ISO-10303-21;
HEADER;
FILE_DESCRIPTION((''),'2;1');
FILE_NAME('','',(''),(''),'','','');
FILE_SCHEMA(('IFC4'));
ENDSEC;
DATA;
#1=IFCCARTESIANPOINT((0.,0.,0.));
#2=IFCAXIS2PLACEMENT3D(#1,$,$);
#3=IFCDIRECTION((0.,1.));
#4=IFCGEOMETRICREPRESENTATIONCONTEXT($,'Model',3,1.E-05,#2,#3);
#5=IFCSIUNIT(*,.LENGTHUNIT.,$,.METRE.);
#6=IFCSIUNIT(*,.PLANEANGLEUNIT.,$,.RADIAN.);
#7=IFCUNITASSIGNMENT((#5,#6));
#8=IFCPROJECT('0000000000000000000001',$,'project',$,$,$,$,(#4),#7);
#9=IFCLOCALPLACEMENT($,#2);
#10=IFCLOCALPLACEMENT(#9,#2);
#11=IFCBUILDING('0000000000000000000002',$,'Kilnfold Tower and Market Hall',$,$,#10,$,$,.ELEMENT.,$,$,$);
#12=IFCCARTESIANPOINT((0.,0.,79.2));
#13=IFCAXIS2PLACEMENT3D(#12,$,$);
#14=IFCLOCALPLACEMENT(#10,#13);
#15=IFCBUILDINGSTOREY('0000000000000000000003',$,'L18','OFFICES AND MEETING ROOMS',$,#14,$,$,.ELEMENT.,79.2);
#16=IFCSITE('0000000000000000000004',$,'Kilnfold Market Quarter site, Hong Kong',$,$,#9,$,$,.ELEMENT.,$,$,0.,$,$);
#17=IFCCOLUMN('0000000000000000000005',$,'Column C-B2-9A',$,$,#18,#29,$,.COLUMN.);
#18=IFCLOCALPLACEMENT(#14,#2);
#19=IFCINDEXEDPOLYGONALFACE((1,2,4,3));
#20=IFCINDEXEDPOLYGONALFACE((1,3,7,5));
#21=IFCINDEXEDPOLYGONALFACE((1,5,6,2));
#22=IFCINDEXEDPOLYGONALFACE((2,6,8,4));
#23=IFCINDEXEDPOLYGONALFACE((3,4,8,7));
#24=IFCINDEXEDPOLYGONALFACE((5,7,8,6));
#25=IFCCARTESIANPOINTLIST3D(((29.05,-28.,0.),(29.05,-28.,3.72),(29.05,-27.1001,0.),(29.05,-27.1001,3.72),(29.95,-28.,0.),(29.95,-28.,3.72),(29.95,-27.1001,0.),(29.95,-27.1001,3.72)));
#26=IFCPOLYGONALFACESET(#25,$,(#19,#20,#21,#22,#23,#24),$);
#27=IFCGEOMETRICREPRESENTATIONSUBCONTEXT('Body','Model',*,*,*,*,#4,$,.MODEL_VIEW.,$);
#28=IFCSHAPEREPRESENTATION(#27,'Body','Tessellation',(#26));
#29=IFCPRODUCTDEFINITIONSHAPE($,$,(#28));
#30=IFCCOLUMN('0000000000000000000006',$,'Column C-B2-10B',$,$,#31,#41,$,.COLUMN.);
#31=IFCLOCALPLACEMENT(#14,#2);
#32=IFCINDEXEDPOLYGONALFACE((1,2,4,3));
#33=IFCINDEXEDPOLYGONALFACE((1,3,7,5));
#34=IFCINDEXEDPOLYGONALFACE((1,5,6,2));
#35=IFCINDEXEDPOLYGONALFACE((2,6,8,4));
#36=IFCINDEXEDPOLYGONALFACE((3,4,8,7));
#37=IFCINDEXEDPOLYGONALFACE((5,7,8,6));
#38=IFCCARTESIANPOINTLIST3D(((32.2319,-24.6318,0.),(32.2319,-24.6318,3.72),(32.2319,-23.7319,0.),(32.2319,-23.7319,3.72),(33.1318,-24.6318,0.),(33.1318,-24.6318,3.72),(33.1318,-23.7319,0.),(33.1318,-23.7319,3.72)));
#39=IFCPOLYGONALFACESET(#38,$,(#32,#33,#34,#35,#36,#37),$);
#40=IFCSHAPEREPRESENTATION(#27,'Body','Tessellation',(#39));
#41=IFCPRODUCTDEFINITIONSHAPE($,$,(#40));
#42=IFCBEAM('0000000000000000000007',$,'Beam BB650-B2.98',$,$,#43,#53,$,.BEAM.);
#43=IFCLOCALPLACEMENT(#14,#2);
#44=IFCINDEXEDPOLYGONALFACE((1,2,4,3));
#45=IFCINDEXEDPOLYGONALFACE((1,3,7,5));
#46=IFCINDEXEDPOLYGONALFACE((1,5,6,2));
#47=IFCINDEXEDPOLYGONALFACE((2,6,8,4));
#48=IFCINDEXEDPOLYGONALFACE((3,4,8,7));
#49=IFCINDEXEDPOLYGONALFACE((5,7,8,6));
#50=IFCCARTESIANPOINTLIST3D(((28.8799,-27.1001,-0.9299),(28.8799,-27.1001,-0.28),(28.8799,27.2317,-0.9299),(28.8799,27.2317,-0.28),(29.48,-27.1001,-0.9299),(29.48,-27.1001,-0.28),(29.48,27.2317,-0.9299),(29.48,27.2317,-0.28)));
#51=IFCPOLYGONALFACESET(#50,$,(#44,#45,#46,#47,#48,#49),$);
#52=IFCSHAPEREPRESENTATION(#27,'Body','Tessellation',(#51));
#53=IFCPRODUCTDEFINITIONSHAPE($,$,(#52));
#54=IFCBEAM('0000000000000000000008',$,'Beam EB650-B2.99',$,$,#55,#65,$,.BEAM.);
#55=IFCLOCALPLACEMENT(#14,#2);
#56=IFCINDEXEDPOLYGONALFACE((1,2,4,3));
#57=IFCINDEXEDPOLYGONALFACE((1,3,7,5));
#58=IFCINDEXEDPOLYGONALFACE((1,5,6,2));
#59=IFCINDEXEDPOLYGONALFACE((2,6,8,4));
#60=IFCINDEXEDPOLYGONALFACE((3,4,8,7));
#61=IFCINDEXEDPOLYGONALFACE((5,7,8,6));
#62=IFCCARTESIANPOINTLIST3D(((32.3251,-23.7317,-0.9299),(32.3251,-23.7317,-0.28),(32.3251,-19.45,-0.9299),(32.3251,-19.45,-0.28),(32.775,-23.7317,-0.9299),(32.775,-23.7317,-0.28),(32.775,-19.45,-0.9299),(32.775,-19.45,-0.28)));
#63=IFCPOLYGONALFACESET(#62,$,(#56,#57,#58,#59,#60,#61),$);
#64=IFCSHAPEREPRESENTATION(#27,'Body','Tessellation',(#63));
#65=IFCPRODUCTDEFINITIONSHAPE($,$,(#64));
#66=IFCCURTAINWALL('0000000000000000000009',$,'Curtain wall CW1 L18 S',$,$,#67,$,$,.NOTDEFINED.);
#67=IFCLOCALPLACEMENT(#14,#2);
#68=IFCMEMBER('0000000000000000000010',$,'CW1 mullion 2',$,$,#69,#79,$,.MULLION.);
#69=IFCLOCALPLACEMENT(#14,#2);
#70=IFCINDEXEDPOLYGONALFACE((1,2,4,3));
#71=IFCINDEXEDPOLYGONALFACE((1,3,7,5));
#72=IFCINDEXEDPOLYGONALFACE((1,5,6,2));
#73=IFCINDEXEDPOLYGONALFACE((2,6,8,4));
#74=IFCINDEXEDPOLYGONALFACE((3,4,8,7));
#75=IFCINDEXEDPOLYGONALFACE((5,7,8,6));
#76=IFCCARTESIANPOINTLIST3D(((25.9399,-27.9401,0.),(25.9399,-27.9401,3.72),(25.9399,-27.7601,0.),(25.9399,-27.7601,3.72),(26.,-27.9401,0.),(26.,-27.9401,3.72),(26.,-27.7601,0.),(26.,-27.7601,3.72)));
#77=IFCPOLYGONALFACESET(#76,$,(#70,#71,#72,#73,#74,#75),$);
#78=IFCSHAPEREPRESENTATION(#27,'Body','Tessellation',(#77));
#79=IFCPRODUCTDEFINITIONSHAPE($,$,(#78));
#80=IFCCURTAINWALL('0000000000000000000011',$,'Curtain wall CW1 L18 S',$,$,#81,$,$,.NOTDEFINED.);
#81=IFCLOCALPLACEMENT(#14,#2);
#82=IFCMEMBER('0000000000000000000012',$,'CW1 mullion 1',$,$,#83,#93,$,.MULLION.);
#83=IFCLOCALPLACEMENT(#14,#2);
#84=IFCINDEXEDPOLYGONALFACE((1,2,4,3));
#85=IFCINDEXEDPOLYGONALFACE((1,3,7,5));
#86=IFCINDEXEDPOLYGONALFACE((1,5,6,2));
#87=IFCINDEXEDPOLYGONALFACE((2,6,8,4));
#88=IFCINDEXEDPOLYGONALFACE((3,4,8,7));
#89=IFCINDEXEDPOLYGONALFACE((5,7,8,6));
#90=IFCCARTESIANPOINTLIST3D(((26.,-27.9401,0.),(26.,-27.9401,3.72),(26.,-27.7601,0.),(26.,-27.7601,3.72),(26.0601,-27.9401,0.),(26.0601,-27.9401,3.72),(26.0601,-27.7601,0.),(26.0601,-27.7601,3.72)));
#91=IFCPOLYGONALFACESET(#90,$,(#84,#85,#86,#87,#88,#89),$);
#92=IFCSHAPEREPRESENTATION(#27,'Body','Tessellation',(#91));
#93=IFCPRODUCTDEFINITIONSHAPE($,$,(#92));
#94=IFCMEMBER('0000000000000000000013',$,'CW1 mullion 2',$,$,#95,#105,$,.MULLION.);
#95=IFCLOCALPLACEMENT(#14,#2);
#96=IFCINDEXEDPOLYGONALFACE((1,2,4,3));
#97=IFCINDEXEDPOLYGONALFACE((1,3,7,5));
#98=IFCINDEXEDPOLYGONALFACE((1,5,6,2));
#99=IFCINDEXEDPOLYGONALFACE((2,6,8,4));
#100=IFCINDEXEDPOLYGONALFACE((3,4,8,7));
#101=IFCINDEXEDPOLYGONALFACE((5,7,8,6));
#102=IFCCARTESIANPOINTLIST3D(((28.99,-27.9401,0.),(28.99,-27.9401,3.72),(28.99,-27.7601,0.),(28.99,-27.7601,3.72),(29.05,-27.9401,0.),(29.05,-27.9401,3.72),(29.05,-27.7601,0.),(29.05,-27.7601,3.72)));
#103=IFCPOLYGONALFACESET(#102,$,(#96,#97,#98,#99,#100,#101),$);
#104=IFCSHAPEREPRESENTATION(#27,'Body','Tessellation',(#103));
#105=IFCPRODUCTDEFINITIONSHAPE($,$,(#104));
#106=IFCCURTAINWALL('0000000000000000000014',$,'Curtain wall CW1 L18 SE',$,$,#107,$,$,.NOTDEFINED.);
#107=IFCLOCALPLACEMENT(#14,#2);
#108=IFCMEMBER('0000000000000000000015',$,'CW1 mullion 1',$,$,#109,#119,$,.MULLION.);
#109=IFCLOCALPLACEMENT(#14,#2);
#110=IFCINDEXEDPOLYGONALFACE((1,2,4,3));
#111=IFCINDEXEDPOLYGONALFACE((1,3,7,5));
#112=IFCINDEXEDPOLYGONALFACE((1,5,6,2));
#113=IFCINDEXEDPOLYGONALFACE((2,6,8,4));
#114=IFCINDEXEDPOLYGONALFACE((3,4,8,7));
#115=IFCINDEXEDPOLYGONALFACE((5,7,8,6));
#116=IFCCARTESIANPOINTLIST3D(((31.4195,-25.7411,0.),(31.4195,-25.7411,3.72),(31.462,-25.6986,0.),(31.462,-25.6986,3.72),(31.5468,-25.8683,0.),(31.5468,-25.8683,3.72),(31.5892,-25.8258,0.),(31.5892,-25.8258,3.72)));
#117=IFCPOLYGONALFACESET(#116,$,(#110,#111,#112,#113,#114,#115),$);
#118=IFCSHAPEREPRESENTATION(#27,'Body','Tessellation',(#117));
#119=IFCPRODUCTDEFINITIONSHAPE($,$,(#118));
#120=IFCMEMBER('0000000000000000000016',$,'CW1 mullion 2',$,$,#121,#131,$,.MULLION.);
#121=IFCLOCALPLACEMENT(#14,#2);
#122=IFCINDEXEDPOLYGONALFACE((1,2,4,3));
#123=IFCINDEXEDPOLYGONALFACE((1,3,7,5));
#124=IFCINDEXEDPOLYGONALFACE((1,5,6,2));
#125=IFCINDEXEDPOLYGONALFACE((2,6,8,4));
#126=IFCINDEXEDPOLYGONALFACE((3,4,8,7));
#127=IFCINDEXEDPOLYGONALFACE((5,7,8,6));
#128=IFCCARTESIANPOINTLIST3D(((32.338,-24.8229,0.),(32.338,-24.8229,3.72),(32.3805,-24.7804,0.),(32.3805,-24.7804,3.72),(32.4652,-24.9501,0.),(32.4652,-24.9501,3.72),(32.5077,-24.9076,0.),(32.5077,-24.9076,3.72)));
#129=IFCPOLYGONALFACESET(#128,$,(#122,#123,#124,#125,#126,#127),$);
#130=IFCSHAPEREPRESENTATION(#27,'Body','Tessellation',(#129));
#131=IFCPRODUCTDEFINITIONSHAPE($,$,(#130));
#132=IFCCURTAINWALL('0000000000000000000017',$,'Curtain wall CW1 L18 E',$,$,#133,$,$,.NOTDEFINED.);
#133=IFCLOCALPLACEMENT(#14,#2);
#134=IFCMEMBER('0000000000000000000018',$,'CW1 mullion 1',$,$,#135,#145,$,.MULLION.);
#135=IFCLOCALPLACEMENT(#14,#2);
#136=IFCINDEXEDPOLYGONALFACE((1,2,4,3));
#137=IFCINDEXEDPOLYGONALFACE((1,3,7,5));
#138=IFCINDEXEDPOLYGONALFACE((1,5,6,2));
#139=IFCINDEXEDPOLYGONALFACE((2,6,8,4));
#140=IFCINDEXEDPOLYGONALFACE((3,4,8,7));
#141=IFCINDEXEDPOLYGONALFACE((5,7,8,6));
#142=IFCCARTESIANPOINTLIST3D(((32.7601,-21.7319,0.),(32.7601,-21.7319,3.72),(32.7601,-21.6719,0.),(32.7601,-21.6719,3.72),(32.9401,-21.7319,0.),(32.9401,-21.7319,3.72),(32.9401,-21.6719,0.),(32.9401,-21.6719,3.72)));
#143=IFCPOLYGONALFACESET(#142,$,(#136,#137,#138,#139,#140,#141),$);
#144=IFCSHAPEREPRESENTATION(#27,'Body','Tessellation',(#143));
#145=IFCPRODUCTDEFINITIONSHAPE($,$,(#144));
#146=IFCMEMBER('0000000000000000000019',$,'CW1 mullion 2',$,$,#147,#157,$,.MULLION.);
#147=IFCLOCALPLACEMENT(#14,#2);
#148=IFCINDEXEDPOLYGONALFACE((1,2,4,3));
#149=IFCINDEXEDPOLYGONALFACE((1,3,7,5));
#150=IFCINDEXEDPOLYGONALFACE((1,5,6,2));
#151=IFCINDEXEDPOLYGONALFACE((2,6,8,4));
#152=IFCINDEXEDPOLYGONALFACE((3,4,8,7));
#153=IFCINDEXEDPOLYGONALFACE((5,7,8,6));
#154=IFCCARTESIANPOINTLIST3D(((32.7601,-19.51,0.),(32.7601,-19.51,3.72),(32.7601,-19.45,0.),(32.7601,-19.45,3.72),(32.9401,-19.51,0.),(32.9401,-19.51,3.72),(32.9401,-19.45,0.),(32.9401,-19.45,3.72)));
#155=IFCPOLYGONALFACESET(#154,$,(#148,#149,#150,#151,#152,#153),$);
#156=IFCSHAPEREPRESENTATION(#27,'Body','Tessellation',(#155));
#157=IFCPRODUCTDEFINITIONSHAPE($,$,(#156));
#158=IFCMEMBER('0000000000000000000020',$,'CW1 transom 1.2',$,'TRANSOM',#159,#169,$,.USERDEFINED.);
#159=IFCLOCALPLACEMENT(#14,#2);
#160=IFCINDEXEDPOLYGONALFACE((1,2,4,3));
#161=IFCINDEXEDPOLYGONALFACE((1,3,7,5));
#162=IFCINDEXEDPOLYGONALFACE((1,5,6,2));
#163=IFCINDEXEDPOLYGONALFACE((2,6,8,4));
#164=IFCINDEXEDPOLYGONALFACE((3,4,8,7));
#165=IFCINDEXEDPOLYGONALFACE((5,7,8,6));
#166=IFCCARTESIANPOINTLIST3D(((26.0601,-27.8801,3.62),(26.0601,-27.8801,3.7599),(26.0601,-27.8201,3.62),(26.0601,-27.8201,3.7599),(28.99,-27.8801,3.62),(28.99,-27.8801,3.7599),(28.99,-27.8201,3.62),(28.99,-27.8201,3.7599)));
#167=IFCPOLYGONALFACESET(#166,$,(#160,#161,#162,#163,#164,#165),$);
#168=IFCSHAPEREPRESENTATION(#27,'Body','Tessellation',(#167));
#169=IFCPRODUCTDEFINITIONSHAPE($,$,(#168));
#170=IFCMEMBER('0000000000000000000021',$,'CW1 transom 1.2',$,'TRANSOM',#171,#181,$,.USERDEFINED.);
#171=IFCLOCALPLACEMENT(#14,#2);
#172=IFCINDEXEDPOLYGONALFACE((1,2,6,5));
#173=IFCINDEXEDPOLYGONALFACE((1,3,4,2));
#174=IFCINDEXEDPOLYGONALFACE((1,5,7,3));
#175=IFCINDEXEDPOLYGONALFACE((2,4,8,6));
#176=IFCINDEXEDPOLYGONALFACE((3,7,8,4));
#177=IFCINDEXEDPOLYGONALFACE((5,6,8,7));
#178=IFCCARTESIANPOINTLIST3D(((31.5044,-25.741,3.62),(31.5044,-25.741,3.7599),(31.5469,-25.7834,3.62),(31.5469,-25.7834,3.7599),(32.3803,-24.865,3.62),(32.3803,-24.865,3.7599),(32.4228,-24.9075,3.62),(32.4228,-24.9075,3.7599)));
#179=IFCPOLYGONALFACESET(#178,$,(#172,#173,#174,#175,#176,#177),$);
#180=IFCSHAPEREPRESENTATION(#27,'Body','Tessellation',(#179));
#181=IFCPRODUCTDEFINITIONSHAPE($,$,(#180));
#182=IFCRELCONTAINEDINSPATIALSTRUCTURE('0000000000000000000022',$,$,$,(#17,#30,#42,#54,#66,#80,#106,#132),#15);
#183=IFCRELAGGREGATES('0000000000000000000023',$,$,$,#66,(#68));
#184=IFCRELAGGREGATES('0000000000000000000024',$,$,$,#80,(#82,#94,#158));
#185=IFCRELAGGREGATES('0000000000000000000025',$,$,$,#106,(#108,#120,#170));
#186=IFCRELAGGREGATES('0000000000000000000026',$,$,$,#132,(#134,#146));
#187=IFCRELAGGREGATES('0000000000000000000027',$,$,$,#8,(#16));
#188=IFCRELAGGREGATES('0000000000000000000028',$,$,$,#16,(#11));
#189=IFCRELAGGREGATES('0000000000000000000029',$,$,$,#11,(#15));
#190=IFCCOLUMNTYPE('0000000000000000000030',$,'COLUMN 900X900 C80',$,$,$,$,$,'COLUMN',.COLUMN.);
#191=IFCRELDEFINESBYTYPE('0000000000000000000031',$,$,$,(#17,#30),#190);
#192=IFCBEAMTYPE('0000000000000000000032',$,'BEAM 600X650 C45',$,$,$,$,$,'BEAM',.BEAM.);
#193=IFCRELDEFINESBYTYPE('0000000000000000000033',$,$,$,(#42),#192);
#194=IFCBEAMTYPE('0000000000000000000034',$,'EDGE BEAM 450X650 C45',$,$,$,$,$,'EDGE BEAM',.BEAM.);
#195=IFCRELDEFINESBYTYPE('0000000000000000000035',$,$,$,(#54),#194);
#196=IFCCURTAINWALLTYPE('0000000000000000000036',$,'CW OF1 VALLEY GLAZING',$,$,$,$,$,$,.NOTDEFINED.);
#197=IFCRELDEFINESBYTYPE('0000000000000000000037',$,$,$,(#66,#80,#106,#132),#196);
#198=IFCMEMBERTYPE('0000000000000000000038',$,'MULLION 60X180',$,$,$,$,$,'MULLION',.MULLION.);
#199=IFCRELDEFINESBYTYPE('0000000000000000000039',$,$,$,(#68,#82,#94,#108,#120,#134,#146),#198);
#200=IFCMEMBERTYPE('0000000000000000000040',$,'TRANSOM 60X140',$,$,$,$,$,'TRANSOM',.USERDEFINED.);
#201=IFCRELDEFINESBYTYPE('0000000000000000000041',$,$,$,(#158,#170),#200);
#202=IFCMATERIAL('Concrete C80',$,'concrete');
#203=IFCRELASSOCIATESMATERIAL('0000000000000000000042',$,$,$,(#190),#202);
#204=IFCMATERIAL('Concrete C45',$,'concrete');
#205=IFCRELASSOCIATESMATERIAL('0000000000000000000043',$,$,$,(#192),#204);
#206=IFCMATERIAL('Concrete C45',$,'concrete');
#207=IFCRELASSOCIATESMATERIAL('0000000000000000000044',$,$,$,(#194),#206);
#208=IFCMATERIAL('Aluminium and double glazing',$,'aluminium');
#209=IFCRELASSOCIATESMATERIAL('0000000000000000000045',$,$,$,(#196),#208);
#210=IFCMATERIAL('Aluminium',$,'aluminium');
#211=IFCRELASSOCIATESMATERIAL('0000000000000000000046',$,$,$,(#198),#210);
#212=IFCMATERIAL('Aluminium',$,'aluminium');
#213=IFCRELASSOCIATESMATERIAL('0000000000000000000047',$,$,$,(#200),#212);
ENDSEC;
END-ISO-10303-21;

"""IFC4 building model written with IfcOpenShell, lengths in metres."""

from ifc_helpers import new_model, si_unit, direction, frame, origin, origin_2d, place, context, subcontext, project, spatial, rectangle, extrude, source, transform, mapped, material, material_profile, profile_set, type_object, element, aggregate, save


model = new_model("IFC4")

# Units and contexts
model_context = context("Model", 3, precision=1e-05, world=origin(), true_north=direction((0.0, 1.0)))
body_context = subcontext(model_context, "Body", "Model", "MODEL_VIEW")
ifc_project = project(units=[si_unit("LENGTHUNIT", "METRE"), si_unit("PLANEANGLEUNIT", "RADIAN")], contexts=[model_context])

# Site, building, storey
site_placement = place(None, origin())
site = spatial("IfcSite", under=ifc_project, at=site_placement, Name="Kilnfold Market Quarter site, Hong Kong", CompositionType="ELEMENT", RefElevation=0.0)
building_placement = place(site_placement, origin())
building = spatial("IfcBuilding", under=site, at=building_placement, Name="Kilnfold Tower and Market Hall", CompositionType="ELEMENT")
storey_placement = place(building_placement, frame((0.0, 0.0, 79.2)))
storey = spatial("IfcBuildingStorey", under=building, at=storey_placement, Name="L18", Description="OFFICES AND MEETING ROOMS", CompositionType="ELEMENT", Elevation=79.2)

# Columns
ifc_material_1 = material(Name="Concrete C80", Category="concrete")
ifc_material_profile_1 = material_profile(ifc_material_1, rectangle(XDim=0.8999, YDim=0.8999, at=origin_2d()), Name="RC 900x900")
ifc_profile_set_1 = profile_set([ifc_material_profile_1], Name="Concrete C80")
column_type = type_object("IfcColumnType", Name="COLUMN 900X900 C80", ElementType="COLUMN", PredefinedType="COLUMN", material=ifc_profile_set_1)
shared_shape_1 = source(origin(), body_context, "Body", "SweptSolid", [
    extrude(rectangle(XDim=0.8999, YDim=0.8999, at=origin_2d()), origin(), (0.0, 0.0, 1.0), 3.72),
])
for number, where, z_axis, x_axis, name in (
    (1, (29.5, -27.55, 0.0), (0.0, 0.0, 1.0), (1.0, 0.0, 0.0), "Column C-B2-9A"),
    (2, (32.6819, -24.1819, 0.0), (0.0, 0.0, 1.0), (1.0, 0.0, 0.0), "Column C-B2-10B"),
):
    element("IfcColumn", number, at=place(storey_placement, frame(where, z_axis=z_axis, x_axis=x_axis)), inside=storey, type_object=column_type, Name=name, PredefinedType="COLUMN", context=body_context, shape_type="MappedRepresentation", body=[
        mapped(shared_shape_1, transform((0.0, 0.0, 0.0))),
    ])

# Beams
ifc_material_2 = material(Name="Concrete C45", Category="concrete")
ifc_material_profile_2 = material_profile(ifc_material_2, rectangle(XDim=0.6001, YDim=0.6499, at=origin_2d()), Name="RC 600x650")
ifc_profile_set_2 = profile_set([ifc_material_profile_2], Name="Concrete C45")
beam_type_1 = type_object("IfcBeamType", Name="BEAM 600X650 C45", ElementType="BEAM", PredefinedType="BEAM", material=ifc_profile_set_2)
shared_shape_2 = source(origin(), body_context, "Body", "SweptSolid", [
    extrude(rectangle(XDim=0.6001, YDim=0.6499, at=origin_2d()), origin(), (0.0, 0.0, 1.0), 54.3318),
])
beam_1_placement = place(storey_placement, frame((29.1799, -27.1001, -0.605), z_axis=(0.0, 1.0, 0.0), x_axis=(-1.0, 0.0, 0.0)))
element("IfcBeam", 3, at=beam_1_placement, inside=storey, type_object=beam_type_1, Name="Beam BB650-B2.98", PredefinedType="BEAM", context=body_context, shape_type="MappedRepresentation", body=[
    mapped(shared_shape_2, transform((0.0, 0.0, 0.0))),
])
ifc_material_3 = material(Name="Concrete C45", Category="concrete")
ifc_material_profile_3 = material_profile(ifc_material_3, rectangle(XDim=0.45, YDim=0.6499, at=origin_2d()), Name="RC 450x650")
ifc_profile_set_3 = profile_set([ifc_material_profile_3], Name="Concrete C45")
beam_type_2 = type_object("IfcBeamType", Name="EDGE BEAM 450X650 C45", ElementType="EDGE BEAM", PredefinedType="BEAM", material=ifc_profile_set_3)
shared_shape_3 = source(origin(), body_context, "Body", "SweptSolid", [
    extrude(rectangle(XDim=0.45, YDim=0.6499, at=origin_2d()), origin(), (0.0, 0.0, 1.0), 4.2817),
])
beam_2_placement = place(storey_placement, frame((32.55, -23.7317, -0.605), z_axis=(0.0, 1.0, 0.0), x_axis=(-1.0, 0.0, 0.0)))
element("IfcBeam", 4, at=beam_2_placement, inside=storey, type_object=beam_type_2, Name="Beam EB650-B2.99", PredefinedType="BEAM", context=body_context, shape_type="MappedRepresentation", body=[
    mapped(shared_shape_3, transform((0.0, 0.0, 0.0))),
])

# Curtain wall, member
ifc_material_4 = material(Name="Aluminium and double glazing", Category="aluminium")
curtain_wall_type = type_object("IfcCurtainWallType", Name="CW OF1 VALLEY GLAZING", PredefinedType="NOTDEFINED", material=ifc_material_4)
curtain_wall_1_placement = place(storey_placement, origin())
curtain_wall_1 = element("IfcCurtainWall", 5, at=curtain_wall_1_placement, inside=storey, type_object=curtain_wall_type, Name="Curtain wall CW1 L18 S", PredefinedType="NOTDEFINED")
ifc_material_5 = material(Name="Aluminium", Category="aluminium")
ifc_material_profile_4 = material_profile(ifc_material_5, rectangle(XDim=0.0601, YDim=0.1799, at=origin_2d()), Name="MULLION 60x180")
ifc_profile_set_4 = profile_set([ifc_material_profile_4], Name="Aluminium")
member_type_1 = type_object("IfcMemberType", Name="MULLION 60X180", ElementType="MULLION", PredefinedType="MULLION", material=ifc_profile_set_4)
shared_shape_4 = source(origin(), body_context, "Body", "SweptSolid", [
    extrude(rectangle(XDim=0.0601, YDim=0.1799, at=origin_2d()), origin(), (0.0, 0.0, 1.0), 3.72),
])
member_1_placement = place(storey_placement, frame((25.97, -27.8501, 0.0), z_axis=(0.0, 0.0, 1.0), x_axis=(1.0, 0.0, 0.0)))
member_1 = element("IfcMember", 6, at=member_1_placement, type_object=member_type_1, Name="CW1 mullion 2", PredefinedType="MULLION", context=body_context, shape_type="MappedRepresentation", body=[
    mapped(shared_shape_4, transform((0.0, 0.0, 0.0))),
])

# Curtain walls, members
curtain_wall_2_placement = place(storey_placement, origin())
curtain_wall_2 = element("IfcCurtainWall", 7, at=curtain_wall_2_placement, inside=storey, type_object=curtain_wall_type, Name="Curtain wall CW1 L18 S", PredefinedType="NOTDEFINED")
member_2_placement = place(storey_placement, frame((26.03, -27.8501, 0.0), z_axis=(0.0, 0.0, 1.0), x_axis=(1.0, 0.0, 0.0)))
member_2 = element("IfcMember", 8, at=member_2_placement, type_object=member_type_1, Name="CW1 mullion 1", PredefinedType="MULLION", context=body_context, shape_type="MappedRepresentation", body=[
    mapped(shared_shape_4, transform((0.0, 0.0, 0.0))),
])
member_3_placement = place(storey_placement, frame((29.02, -27.8501, 0.0), z_axis=(0.0, 0.0, 1.0), x_axis=(1.0, 0.0, 0.0)))
member_3 = element("IfcMember", 9, at=member_3_placement, type_object=member_type_1, Name="CW1 mullion 2", PredefinedType="MULLION", context=body_context, shape_type="MappedRepresentation", body=[
    mapped(shared_shape_4, transform((0.0, 0.0, 0.0))),
])
curtain_wall_3_placement = place(storey_placement, origin())
curtain_wall_3 = element("IfcCurtainWall", 10, at=curtain_wall_3_placement, inside=storey, type_object=curtain_wall_type, Name="Curtain wall CW1 L18 SE", PredefinedType="NOTDEFINED")
member_4_placement = place(storey_placement, frame((31.5044, -25.7834, 0.0), z_axis=(0.0, 0.0, 1.0), x_axis=(0.707107, 0.707107, 0.0)))
member_4 = element("IfcMember", 11, at=member_4_placement, type_object=member_type_1, Name="CW1 mullion 1", PredefinedType="MULLION", context=body_context, shape_type="MappedRepresentation", body=[
    mapped(shared_shape_4, transform((0.0, 0.0, 0.0))),
])
member_5_placement = place(storey_placement, frame((32.4229, -24.8652, 0.0), z_axis=(0.0, 0.0, 1.0), x_axis=(0.707107, 0.707107, 0.0)))
member_5 = element("IfcMember", 12, at=member_5_placement, type_object=member_type_1, Name="CW1 mullion 2", PredefinedType="MULLION", context=body_context, shape_type="MappedRepresentation", body=[
    mapped(shared_shape_4, transform((0.0, 0.0, 0.0))),
])
curtain_wall_4_placement = place(storey_placement, origin())
curtain_wall_4 = element("IfcCurtainWall", 13, at=curtain_wall_4_placement, inside=storey, type_object=curtain_wall_type, Name="Curtain wall CW1 L18 E", PredefinedType="NOTDEFINED")
member_6_placement = place(storey_placement, frame((32.8501, -21.7019, 0.0), z_axis=(0.0, 0.0, 1.0), x_axis=(0.0, 1.0, 0.0)))
member_6 = element("IfcMember", 14, at=member_6_placement, type_object=member_type_1, Name="CW1 mullion 1", PredefinedType="MULLION", context=body_context, shape_type="MappedRepresentation", body=[
    mapped(shared_shape_4, transform((0.0, 0.0, 0.0))),
])
member_7_placement = place(storey_placement, frame((32.8501, -19.48, 0.0), z_axis=(0.0, 0.0, 1.0), x_axis=(0.0, 1.0, 0.0)))
member_7 = element("IfcMember", 15, at=member_7_placement, type_object=member_type_1, Name="CW1 mullion 2", PredefinedType="MULLION", context=body_context, shape_type="MappedRepresentation", body=[
    mapped(shared_shape_4, transform((0.0, 0.0, 0.0))),
])

# Members
ifc_material_6 = material(Name="Aluminium", Category="aluminium")
ifc_material_profile_5 = material_profile(ifc_material_6, rectangle(XDim=0.0601, YDim=0.1399, at=origin_2d()), Name="TRANSOM 60x140")
ifc_profile_set_5 = profile_set([ifc_material_profile_5], Name="Aluminium")
member_type_2 = type_object("IfcMemberType", Name="TRANSOM 60X140", ElementType="TRANSOM", PredefinedType="USERDEFINED", material=ifc_profile_set_5)
shared_shape_5 = source(origin(), body_context, "Body", "SweptSolid", [
    extrude(rectangle(XDim=0.0601, YDim=0.1399, at=origin_2d()), origin(), (0.0, 0.0, 1.0), 2.9299),
])
member_8_placement = place(storey_placement, frame((26.0601, -27.8501, 3.6899), z_axis=(1.0, 0.0, 0.0), x_axis=(0.0, 1.0, 0.0)))
member_8 = element("IfcMember", 16, at=member_8_placement, type_object=member_type_2, Name="CW1 transom 1.2", ObjectType="TRANSOM", PredefinedType="USERDEFINED", context=body_context, shape_type="MappedRepresentation", body=[
    mapped(shared_shape_5, transform((0.0, 0.0, 0.0))),
])
shared_shape_6 = source(origin(), body_context, "Body", "SweptSolid", [
    extrude(rectangle(XDim=0.0601, YDim=0.1399, at=origin_2d()), origin(), (0.0, 0.0, 1.0), 1.2388),
])
member_9_placement = place(storey_placement, frame((31.5256, -25.7622, 3.6899), z_axis=(0.707107, 0.707107, 0.0), x_axis=(-0.707107, 0.707107, 0.0)))
member_9 = element("IfcMember", 17, at=member_9_placement, type_object=member_type_2, Name="CW1 transom 1.2", ObjectType="TRANSOM", PredefinedType="USERDEFINED", context=body_context, shape_type="MappedRepresentation", body=[
    mapped(shared_shape_6, transform((0.0, 0.0, 0.0))),
])

aggregate(curtain_wall_1, [member_1])
aggregate(curtain_wall_2, [member_2, member_3, member_8])
aggregate(curtain_wall_3, [member_4, member_5, member_9])
aggregate(curtain_wall_4, [member_6, member_7])

save(model, "model.ifc")
